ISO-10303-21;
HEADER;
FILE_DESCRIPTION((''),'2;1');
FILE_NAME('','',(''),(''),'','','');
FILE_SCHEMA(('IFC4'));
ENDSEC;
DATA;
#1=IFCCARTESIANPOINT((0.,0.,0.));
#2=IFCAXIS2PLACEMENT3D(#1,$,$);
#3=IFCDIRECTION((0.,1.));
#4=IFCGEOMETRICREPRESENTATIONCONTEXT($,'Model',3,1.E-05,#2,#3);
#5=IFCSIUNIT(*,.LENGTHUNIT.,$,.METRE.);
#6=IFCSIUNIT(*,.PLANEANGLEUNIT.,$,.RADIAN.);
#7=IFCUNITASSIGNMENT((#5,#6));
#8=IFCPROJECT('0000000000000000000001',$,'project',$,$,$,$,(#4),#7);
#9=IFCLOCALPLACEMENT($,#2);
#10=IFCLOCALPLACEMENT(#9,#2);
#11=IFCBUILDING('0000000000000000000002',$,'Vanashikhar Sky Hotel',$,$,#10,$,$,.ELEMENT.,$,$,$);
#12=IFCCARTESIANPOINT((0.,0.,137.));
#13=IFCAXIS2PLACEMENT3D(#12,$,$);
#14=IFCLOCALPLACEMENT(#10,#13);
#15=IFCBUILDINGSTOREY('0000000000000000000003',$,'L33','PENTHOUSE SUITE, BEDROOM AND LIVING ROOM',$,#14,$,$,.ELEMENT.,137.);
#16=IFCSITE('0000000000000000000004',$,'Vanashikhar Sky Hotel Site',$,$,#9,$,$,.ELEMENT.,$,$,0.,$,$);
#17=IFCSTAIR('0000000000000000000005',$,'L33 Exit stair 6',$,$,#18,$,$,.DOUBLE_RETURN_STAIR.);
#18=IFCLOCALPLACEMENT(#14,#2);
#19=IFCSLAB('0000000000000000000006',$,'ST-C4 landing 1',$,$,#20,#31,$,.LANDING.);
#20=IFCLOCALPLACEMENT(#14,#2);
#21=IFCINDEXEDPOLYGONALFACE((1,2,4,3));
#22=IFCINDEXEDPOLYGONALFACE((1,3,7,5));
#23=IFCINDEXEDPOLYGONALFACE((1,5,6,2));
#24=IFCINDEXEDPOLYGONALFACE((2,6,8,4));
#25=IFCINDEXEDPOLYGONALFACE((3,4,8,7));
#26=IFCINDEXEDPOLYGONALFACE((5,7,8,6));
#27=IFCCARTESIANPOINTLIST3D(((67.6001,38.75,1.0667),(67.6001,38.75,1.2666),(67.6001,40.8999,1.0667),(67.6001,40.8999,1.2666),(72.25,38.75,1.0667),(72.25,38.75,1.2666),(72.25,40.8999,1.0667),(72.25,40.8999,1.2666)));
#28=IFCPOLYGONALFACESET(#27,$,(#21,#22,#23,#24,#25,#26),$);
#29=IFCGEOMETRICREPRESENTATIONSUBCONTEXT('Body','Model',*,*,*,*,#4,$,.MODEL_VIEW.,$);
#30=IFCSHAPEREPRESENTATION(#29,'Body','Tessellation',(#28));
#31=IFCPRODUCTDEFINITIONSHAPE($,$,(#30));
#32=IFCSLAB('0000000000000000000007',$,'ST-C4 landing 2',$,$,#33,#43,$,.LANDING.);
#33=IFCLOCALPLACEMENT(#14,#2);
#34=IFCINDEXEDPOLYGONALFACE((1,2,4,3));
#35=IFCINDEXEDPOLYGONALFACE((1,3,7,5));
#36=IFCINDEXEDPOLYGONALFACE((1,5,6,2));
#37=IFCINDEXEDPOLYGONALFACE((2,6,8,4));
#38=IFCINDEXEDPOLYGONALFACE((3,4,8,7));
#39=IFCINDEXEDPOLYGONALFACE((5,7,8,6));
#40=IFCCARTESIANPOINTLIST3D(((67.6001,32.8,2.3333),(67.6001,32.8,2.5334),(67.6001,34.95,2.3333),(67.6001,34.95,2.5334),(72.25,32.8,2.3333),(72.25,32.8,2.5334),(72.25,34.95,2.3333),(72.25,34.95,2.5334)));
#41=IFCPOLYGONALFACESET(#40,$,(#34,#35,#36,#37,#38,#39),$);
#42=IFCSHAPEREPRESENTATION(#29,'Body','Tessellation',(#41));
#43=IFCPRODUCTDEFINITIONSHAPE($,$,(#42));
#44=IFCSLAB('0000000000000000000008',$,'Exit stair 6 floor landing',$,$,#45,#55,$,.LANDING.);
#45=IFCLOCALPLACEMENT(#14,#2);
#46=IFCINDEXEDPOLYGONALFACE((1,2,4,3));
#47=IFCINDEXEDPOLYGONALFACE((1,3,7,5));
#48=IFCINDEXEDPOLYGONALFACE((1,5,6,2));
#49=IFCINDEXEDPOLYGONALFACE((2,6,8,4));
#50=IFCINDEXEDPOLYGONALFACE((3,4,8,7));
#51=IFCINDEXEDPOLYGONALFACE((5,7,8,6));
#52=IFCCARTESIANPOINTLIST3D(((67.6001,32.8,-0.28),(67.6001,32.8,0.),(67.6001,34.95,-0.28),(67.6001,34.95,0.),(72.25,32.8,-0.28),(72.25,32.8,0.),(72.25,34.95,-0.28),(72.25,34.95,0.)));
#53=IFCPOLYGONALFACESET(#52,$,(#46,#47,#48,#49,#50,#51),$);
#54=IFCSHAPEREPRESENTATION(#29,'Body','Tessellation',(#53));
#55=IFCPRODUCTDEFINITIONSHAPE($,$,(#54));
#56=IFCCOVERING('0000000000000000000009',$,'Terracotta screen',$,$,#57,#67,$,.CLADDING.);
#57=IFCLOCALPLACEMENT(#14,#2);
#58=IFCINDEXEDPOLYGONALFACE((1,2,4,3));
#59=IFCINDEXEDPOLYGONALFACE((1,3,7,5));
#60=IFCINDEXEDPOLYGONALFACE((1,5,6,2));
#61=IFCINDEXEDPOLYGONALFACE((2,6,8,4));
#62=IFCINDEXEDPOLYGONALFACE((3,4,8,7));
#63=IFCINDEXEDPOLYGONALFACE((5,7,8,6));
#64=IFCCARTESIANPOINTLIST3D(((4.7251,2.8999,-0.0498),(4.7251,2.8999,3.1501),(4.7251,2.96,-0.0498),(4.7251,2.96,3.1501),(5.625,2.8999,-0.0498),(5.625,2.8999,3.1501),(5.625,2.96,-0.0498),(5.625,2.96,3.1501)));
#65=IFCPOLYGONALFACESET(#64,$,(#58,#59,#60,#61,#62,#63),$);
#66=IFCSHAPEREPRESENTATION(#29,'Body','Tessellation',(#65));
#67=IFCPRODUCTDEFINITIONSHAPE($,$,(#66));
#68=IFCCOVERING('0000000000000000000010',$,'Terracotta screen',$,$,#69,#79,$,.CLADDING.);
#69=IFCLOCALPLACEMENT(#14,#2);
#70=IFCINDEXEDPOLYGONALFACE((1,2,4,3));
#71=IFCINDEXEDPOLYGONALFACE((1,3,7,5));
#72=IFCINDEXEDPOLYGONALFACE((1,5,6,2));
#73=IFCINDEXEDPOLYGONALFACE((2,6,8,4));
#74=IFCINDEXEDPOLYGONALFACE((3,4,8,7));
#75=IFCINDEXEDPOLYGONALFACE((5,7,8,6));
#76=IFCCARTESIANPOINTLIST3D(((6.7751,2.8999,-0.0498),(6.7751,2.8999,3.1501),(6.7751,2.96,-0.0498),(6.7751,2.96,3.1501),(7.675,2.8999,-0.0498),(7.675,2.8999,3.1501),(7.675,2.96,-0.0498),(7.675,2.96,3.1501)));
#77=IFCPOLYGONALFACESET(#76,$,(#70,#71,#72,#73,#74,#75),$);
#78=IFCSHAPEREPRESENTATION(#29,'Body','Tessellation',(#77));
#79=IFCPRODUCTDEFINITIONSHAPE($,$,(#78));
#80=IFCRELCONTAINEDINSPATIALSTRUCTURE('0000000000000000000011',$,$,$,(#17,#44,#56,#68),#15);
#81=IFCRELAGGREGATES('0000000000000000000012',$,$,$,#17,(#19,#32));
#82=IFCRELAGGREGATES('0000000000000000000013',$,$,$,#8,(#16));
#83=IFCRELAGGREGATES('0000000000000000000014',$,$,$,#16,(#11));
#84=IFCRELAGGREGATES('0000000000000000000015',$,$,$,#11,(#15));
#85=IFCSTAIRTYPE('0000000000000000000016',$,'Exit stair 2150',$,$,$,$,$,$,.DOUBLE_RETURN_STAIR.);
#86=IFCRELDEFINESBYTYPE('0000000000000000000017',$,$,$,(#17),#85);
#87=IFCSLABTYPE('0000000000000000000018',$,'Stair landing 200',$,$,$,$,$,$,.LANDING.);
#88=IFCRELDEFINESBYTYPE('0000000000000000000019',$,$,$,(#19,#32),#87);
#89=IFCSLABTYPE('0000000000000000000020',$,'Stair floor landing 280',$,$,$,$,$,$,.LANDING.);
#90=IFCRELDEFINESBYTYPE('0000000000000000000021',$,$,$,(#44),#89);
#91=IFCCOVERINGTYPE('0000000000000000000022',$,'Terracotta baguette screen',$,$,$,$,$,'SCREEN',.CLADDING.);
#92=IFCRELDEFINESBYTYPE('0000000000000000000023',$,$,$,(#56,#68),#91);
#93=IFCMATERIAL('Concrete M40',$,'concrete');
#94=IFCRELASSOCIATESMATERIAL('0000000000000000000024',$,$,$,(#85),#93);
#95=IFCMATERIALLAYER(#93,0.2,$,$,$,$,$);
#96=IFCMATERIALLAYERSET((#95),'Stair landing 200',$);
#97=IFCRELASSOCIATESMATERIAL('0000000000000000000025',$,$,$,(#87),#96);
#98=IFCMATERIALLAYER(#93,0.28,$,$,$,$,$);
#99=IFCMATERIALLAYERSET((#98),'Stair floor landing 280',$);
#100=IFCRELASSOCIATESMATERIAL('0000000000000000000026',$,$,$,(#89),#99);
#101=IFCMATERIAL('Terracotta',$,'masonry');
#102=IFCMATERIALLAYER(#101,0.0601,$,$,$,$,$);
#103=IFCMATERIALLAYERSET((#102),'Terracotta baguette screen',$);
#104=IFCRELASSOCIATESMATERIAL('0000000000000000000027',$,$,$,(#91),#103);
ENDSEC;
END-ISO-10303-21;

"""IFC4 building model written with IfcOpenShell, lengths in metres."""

from ifc_helpers import new_model, si_unit, direction, frame, origin, origin_2d, place, context, subcontext, project, spatial, polyline, rectangle, outline, extrude, source, transform, mapped, material, layer, layer_set, type_object, element, aggregate, save


model = new_model("IFC4")

# Units and contexts
model_context = context("Model", 3, precision=1e-05, world=origin(), true_north=direction((0.0, 1.0)))
body_context = subcontext(model_context, "Body", "Model", "MODEL_VIEW")
ifc_project = project(units=[si_unit("LENGTHUNIT", "METRE"), si_unit("PLANEANGLEUNIT", "RADIAN")], contexts=[model_context])

# Site, building, storey
site_placement = place(None, origin())
site = spatial("IfcSite", under=ifc_project, at=site_placement, Name="Vanashikhar Sky Hotel Site", CompositionType="ELEMENT", RefElevation=0.0)
building_placement = place(site_placement, origin())
building = spatial("IfcBuilding", under=site, at=building_placement, Name="Vanashikhar Sky Hotel", CompositionType="ELEMENT")
storey_placement = place(building_placement, frame((0.0, 0.0, 137.0)))
storey = spatial("IfcBuildingStorey", under=building, at=storey_placement, Name="L33", Description="PENTHOUSE SUITE, BEDROOM AND LIVING ROOM", CompositionType="ELEMENT", Elevation=137.0)

# Shared definitions
ifc_material_1 = material(Name="Concrete M40", Category="concrete")

# Shared definitions
stair_type = type_object("IfcStairType", Name="Exit stair 2150", PredefinedType="DOUBLE_RETURN_STAIR", material=ifc_material_1)
ifc_layer_1 = layer(ifc_material_1, 0.2)
ifc_layer_set_1 = layer_set([ifc_layer_1], Name="Stair landing 200")
slab_type_1 = type_object("IfcSlabType", Name="Stair landing 200", PredefinedType="LANDING", material=ifc_layer_set_1)

# Shared definitions
ifc_layer_2 = layer(ifc_material_1, 0.28)
ifc_layer_set_2 = layer_set([ifc_layer_2], Name="Stair floor landing 280")
slab_type_2 = type_object("IfcSlabType", Name="Stair floor landing 280", PredefinedType="LANDING", material=ifc_layer_set_2)

# Stair, slabs
stair_1_placement = place(storey_placement, origin())
stair_1 = element("IfcStair", 1, at=stair_1_placement, inside=storey, type_object=stair_type, Name="L33 Exit stair 6", PredefinedType="DOUBLE_RETURN_STAIR")
shared_shape_1 = source(origin(), body_context, "Body", "SweptSolid", [
    extrude(outline(polyline([(72.25, 38.75), (72.25, 40.8999), (67.6001, 40.8999), (67.6001, 38.75), (72.25, 38.75)])), origin(), (0.0, 0.0, 1.0), 0.2),
])
slab_1_placement = place(storey_placement, frame((0.0, 0.0, 1.0667)))
slab_1 = element("IfcSlab", 2, at=slab_1_placement, type_object=slab_type_1, Name="ST-C4 landing 1", PredefinedType="LANDING", context=body_context, shape_type="MappedRepresentation", body=[
    mapped(shared_shape_1, transform((0.0, 0.0, 0.0), scale=1.0)),
])
shared_shape_2 = source(origin(), body_context, "Body", "SweptSolid", [
    extrude(outline(polyline([(72.25, 32.8), (72.25, 34.95), (67.6001, 34.95), (67.6001, 32.8), (72.25, 32.8)])), origin(), (0.0, 0.0, 1.0), 0.2002),
])
slab_2_placement = place(storey_placement, frame((0.0, 0.0, 2.3333)))
slab_2 = element("IfcSlab", 3, at=slab_2_placement, type_object=slab_type_1, Name="ST-C4 landing 2", PredefinedType="LANDING", context=body_context, shape_type="MappedRepresentation", body=[
    mapped(shared_shape_2, transform((0.0, 0.0, 0.0), scale=1.0)),
])
aggregate(stair_1, [slab_1, slab_2])

# Slab
shared_shape_3 = source(origin(), body_context, "Body", "SweptSolid", [
    extrude(outline(polyline([(72.25, 32.8), (72.25, 34.95), (67.6001, 34.95), (67.6001, 32.8), (72.25, 32.8)])), origin(), (0.0, 0.0, 1.0), 0.28),
])
slab_3_placement = place(storey_placement, frame((0.0, 0.0, -0.28)))
element("IfcSlab", 4, at=slab_3_placement, inside=storey, type_object=slab_type_2, Name="Exit stair 6 floor landing", PredefinedType="LANDING", context=body_context, shape_type="MappedRepresentation", body=[
    mapped(shared_shape_3, transform((0.0, 0.0, 0.0), scale=1.0)),
])

# Coverings
ifc_material_2 = material(Name="Terracotta", Category="masonry")
ifc_layer_3 = layer(ifc_material_2, 0.0601)
ifc_layer_set_3 = layer_set([ifc_layer_3], Name="Terracotta baguette screen")
covering_type = type_object("IfcCoveringType", Name="Terracotta baguette screen", ElementType="SCREEN", PredefinedType="CLADDING", material=ifc_layer_set_3)
shared_shape_4 = source(origin(), body_context, "Body", "SweptSolid", [
    extrude(rectangle(XDim=0.8999, YDim=0.0601, at=origin_2d()), origin(), (0.0, 0.0, 1.0), 3.2),
])
for number, where, z_axis, x_axis, name in (
    (5, (5.175, 2.9299, -0.0498), (0.0, 0.0, 1.0), (1.0, 0.0, 0.0), "Terracotta screen"),
    (6, (7.2251, 2.9299, -0.0498), (0.0, 0.0, 1.0), (1.0, 0.0, 0.0), "Terracotta screen"),
):
    element("IfcCovering", number, at=place(storey_placement, frame(where, z_axis=z_axis, x_axis=x_axis)), inside=storey, type_object=covering_type, Name=name, PredefinedType="CLADDING", context=body_context, shape_type="MappedRepresentation", body=[
        mapped(shared_shape_4, transform((0.0, 0.0, 0.0), scale=1.0)),
    ])

save(model, "model.ifc")
